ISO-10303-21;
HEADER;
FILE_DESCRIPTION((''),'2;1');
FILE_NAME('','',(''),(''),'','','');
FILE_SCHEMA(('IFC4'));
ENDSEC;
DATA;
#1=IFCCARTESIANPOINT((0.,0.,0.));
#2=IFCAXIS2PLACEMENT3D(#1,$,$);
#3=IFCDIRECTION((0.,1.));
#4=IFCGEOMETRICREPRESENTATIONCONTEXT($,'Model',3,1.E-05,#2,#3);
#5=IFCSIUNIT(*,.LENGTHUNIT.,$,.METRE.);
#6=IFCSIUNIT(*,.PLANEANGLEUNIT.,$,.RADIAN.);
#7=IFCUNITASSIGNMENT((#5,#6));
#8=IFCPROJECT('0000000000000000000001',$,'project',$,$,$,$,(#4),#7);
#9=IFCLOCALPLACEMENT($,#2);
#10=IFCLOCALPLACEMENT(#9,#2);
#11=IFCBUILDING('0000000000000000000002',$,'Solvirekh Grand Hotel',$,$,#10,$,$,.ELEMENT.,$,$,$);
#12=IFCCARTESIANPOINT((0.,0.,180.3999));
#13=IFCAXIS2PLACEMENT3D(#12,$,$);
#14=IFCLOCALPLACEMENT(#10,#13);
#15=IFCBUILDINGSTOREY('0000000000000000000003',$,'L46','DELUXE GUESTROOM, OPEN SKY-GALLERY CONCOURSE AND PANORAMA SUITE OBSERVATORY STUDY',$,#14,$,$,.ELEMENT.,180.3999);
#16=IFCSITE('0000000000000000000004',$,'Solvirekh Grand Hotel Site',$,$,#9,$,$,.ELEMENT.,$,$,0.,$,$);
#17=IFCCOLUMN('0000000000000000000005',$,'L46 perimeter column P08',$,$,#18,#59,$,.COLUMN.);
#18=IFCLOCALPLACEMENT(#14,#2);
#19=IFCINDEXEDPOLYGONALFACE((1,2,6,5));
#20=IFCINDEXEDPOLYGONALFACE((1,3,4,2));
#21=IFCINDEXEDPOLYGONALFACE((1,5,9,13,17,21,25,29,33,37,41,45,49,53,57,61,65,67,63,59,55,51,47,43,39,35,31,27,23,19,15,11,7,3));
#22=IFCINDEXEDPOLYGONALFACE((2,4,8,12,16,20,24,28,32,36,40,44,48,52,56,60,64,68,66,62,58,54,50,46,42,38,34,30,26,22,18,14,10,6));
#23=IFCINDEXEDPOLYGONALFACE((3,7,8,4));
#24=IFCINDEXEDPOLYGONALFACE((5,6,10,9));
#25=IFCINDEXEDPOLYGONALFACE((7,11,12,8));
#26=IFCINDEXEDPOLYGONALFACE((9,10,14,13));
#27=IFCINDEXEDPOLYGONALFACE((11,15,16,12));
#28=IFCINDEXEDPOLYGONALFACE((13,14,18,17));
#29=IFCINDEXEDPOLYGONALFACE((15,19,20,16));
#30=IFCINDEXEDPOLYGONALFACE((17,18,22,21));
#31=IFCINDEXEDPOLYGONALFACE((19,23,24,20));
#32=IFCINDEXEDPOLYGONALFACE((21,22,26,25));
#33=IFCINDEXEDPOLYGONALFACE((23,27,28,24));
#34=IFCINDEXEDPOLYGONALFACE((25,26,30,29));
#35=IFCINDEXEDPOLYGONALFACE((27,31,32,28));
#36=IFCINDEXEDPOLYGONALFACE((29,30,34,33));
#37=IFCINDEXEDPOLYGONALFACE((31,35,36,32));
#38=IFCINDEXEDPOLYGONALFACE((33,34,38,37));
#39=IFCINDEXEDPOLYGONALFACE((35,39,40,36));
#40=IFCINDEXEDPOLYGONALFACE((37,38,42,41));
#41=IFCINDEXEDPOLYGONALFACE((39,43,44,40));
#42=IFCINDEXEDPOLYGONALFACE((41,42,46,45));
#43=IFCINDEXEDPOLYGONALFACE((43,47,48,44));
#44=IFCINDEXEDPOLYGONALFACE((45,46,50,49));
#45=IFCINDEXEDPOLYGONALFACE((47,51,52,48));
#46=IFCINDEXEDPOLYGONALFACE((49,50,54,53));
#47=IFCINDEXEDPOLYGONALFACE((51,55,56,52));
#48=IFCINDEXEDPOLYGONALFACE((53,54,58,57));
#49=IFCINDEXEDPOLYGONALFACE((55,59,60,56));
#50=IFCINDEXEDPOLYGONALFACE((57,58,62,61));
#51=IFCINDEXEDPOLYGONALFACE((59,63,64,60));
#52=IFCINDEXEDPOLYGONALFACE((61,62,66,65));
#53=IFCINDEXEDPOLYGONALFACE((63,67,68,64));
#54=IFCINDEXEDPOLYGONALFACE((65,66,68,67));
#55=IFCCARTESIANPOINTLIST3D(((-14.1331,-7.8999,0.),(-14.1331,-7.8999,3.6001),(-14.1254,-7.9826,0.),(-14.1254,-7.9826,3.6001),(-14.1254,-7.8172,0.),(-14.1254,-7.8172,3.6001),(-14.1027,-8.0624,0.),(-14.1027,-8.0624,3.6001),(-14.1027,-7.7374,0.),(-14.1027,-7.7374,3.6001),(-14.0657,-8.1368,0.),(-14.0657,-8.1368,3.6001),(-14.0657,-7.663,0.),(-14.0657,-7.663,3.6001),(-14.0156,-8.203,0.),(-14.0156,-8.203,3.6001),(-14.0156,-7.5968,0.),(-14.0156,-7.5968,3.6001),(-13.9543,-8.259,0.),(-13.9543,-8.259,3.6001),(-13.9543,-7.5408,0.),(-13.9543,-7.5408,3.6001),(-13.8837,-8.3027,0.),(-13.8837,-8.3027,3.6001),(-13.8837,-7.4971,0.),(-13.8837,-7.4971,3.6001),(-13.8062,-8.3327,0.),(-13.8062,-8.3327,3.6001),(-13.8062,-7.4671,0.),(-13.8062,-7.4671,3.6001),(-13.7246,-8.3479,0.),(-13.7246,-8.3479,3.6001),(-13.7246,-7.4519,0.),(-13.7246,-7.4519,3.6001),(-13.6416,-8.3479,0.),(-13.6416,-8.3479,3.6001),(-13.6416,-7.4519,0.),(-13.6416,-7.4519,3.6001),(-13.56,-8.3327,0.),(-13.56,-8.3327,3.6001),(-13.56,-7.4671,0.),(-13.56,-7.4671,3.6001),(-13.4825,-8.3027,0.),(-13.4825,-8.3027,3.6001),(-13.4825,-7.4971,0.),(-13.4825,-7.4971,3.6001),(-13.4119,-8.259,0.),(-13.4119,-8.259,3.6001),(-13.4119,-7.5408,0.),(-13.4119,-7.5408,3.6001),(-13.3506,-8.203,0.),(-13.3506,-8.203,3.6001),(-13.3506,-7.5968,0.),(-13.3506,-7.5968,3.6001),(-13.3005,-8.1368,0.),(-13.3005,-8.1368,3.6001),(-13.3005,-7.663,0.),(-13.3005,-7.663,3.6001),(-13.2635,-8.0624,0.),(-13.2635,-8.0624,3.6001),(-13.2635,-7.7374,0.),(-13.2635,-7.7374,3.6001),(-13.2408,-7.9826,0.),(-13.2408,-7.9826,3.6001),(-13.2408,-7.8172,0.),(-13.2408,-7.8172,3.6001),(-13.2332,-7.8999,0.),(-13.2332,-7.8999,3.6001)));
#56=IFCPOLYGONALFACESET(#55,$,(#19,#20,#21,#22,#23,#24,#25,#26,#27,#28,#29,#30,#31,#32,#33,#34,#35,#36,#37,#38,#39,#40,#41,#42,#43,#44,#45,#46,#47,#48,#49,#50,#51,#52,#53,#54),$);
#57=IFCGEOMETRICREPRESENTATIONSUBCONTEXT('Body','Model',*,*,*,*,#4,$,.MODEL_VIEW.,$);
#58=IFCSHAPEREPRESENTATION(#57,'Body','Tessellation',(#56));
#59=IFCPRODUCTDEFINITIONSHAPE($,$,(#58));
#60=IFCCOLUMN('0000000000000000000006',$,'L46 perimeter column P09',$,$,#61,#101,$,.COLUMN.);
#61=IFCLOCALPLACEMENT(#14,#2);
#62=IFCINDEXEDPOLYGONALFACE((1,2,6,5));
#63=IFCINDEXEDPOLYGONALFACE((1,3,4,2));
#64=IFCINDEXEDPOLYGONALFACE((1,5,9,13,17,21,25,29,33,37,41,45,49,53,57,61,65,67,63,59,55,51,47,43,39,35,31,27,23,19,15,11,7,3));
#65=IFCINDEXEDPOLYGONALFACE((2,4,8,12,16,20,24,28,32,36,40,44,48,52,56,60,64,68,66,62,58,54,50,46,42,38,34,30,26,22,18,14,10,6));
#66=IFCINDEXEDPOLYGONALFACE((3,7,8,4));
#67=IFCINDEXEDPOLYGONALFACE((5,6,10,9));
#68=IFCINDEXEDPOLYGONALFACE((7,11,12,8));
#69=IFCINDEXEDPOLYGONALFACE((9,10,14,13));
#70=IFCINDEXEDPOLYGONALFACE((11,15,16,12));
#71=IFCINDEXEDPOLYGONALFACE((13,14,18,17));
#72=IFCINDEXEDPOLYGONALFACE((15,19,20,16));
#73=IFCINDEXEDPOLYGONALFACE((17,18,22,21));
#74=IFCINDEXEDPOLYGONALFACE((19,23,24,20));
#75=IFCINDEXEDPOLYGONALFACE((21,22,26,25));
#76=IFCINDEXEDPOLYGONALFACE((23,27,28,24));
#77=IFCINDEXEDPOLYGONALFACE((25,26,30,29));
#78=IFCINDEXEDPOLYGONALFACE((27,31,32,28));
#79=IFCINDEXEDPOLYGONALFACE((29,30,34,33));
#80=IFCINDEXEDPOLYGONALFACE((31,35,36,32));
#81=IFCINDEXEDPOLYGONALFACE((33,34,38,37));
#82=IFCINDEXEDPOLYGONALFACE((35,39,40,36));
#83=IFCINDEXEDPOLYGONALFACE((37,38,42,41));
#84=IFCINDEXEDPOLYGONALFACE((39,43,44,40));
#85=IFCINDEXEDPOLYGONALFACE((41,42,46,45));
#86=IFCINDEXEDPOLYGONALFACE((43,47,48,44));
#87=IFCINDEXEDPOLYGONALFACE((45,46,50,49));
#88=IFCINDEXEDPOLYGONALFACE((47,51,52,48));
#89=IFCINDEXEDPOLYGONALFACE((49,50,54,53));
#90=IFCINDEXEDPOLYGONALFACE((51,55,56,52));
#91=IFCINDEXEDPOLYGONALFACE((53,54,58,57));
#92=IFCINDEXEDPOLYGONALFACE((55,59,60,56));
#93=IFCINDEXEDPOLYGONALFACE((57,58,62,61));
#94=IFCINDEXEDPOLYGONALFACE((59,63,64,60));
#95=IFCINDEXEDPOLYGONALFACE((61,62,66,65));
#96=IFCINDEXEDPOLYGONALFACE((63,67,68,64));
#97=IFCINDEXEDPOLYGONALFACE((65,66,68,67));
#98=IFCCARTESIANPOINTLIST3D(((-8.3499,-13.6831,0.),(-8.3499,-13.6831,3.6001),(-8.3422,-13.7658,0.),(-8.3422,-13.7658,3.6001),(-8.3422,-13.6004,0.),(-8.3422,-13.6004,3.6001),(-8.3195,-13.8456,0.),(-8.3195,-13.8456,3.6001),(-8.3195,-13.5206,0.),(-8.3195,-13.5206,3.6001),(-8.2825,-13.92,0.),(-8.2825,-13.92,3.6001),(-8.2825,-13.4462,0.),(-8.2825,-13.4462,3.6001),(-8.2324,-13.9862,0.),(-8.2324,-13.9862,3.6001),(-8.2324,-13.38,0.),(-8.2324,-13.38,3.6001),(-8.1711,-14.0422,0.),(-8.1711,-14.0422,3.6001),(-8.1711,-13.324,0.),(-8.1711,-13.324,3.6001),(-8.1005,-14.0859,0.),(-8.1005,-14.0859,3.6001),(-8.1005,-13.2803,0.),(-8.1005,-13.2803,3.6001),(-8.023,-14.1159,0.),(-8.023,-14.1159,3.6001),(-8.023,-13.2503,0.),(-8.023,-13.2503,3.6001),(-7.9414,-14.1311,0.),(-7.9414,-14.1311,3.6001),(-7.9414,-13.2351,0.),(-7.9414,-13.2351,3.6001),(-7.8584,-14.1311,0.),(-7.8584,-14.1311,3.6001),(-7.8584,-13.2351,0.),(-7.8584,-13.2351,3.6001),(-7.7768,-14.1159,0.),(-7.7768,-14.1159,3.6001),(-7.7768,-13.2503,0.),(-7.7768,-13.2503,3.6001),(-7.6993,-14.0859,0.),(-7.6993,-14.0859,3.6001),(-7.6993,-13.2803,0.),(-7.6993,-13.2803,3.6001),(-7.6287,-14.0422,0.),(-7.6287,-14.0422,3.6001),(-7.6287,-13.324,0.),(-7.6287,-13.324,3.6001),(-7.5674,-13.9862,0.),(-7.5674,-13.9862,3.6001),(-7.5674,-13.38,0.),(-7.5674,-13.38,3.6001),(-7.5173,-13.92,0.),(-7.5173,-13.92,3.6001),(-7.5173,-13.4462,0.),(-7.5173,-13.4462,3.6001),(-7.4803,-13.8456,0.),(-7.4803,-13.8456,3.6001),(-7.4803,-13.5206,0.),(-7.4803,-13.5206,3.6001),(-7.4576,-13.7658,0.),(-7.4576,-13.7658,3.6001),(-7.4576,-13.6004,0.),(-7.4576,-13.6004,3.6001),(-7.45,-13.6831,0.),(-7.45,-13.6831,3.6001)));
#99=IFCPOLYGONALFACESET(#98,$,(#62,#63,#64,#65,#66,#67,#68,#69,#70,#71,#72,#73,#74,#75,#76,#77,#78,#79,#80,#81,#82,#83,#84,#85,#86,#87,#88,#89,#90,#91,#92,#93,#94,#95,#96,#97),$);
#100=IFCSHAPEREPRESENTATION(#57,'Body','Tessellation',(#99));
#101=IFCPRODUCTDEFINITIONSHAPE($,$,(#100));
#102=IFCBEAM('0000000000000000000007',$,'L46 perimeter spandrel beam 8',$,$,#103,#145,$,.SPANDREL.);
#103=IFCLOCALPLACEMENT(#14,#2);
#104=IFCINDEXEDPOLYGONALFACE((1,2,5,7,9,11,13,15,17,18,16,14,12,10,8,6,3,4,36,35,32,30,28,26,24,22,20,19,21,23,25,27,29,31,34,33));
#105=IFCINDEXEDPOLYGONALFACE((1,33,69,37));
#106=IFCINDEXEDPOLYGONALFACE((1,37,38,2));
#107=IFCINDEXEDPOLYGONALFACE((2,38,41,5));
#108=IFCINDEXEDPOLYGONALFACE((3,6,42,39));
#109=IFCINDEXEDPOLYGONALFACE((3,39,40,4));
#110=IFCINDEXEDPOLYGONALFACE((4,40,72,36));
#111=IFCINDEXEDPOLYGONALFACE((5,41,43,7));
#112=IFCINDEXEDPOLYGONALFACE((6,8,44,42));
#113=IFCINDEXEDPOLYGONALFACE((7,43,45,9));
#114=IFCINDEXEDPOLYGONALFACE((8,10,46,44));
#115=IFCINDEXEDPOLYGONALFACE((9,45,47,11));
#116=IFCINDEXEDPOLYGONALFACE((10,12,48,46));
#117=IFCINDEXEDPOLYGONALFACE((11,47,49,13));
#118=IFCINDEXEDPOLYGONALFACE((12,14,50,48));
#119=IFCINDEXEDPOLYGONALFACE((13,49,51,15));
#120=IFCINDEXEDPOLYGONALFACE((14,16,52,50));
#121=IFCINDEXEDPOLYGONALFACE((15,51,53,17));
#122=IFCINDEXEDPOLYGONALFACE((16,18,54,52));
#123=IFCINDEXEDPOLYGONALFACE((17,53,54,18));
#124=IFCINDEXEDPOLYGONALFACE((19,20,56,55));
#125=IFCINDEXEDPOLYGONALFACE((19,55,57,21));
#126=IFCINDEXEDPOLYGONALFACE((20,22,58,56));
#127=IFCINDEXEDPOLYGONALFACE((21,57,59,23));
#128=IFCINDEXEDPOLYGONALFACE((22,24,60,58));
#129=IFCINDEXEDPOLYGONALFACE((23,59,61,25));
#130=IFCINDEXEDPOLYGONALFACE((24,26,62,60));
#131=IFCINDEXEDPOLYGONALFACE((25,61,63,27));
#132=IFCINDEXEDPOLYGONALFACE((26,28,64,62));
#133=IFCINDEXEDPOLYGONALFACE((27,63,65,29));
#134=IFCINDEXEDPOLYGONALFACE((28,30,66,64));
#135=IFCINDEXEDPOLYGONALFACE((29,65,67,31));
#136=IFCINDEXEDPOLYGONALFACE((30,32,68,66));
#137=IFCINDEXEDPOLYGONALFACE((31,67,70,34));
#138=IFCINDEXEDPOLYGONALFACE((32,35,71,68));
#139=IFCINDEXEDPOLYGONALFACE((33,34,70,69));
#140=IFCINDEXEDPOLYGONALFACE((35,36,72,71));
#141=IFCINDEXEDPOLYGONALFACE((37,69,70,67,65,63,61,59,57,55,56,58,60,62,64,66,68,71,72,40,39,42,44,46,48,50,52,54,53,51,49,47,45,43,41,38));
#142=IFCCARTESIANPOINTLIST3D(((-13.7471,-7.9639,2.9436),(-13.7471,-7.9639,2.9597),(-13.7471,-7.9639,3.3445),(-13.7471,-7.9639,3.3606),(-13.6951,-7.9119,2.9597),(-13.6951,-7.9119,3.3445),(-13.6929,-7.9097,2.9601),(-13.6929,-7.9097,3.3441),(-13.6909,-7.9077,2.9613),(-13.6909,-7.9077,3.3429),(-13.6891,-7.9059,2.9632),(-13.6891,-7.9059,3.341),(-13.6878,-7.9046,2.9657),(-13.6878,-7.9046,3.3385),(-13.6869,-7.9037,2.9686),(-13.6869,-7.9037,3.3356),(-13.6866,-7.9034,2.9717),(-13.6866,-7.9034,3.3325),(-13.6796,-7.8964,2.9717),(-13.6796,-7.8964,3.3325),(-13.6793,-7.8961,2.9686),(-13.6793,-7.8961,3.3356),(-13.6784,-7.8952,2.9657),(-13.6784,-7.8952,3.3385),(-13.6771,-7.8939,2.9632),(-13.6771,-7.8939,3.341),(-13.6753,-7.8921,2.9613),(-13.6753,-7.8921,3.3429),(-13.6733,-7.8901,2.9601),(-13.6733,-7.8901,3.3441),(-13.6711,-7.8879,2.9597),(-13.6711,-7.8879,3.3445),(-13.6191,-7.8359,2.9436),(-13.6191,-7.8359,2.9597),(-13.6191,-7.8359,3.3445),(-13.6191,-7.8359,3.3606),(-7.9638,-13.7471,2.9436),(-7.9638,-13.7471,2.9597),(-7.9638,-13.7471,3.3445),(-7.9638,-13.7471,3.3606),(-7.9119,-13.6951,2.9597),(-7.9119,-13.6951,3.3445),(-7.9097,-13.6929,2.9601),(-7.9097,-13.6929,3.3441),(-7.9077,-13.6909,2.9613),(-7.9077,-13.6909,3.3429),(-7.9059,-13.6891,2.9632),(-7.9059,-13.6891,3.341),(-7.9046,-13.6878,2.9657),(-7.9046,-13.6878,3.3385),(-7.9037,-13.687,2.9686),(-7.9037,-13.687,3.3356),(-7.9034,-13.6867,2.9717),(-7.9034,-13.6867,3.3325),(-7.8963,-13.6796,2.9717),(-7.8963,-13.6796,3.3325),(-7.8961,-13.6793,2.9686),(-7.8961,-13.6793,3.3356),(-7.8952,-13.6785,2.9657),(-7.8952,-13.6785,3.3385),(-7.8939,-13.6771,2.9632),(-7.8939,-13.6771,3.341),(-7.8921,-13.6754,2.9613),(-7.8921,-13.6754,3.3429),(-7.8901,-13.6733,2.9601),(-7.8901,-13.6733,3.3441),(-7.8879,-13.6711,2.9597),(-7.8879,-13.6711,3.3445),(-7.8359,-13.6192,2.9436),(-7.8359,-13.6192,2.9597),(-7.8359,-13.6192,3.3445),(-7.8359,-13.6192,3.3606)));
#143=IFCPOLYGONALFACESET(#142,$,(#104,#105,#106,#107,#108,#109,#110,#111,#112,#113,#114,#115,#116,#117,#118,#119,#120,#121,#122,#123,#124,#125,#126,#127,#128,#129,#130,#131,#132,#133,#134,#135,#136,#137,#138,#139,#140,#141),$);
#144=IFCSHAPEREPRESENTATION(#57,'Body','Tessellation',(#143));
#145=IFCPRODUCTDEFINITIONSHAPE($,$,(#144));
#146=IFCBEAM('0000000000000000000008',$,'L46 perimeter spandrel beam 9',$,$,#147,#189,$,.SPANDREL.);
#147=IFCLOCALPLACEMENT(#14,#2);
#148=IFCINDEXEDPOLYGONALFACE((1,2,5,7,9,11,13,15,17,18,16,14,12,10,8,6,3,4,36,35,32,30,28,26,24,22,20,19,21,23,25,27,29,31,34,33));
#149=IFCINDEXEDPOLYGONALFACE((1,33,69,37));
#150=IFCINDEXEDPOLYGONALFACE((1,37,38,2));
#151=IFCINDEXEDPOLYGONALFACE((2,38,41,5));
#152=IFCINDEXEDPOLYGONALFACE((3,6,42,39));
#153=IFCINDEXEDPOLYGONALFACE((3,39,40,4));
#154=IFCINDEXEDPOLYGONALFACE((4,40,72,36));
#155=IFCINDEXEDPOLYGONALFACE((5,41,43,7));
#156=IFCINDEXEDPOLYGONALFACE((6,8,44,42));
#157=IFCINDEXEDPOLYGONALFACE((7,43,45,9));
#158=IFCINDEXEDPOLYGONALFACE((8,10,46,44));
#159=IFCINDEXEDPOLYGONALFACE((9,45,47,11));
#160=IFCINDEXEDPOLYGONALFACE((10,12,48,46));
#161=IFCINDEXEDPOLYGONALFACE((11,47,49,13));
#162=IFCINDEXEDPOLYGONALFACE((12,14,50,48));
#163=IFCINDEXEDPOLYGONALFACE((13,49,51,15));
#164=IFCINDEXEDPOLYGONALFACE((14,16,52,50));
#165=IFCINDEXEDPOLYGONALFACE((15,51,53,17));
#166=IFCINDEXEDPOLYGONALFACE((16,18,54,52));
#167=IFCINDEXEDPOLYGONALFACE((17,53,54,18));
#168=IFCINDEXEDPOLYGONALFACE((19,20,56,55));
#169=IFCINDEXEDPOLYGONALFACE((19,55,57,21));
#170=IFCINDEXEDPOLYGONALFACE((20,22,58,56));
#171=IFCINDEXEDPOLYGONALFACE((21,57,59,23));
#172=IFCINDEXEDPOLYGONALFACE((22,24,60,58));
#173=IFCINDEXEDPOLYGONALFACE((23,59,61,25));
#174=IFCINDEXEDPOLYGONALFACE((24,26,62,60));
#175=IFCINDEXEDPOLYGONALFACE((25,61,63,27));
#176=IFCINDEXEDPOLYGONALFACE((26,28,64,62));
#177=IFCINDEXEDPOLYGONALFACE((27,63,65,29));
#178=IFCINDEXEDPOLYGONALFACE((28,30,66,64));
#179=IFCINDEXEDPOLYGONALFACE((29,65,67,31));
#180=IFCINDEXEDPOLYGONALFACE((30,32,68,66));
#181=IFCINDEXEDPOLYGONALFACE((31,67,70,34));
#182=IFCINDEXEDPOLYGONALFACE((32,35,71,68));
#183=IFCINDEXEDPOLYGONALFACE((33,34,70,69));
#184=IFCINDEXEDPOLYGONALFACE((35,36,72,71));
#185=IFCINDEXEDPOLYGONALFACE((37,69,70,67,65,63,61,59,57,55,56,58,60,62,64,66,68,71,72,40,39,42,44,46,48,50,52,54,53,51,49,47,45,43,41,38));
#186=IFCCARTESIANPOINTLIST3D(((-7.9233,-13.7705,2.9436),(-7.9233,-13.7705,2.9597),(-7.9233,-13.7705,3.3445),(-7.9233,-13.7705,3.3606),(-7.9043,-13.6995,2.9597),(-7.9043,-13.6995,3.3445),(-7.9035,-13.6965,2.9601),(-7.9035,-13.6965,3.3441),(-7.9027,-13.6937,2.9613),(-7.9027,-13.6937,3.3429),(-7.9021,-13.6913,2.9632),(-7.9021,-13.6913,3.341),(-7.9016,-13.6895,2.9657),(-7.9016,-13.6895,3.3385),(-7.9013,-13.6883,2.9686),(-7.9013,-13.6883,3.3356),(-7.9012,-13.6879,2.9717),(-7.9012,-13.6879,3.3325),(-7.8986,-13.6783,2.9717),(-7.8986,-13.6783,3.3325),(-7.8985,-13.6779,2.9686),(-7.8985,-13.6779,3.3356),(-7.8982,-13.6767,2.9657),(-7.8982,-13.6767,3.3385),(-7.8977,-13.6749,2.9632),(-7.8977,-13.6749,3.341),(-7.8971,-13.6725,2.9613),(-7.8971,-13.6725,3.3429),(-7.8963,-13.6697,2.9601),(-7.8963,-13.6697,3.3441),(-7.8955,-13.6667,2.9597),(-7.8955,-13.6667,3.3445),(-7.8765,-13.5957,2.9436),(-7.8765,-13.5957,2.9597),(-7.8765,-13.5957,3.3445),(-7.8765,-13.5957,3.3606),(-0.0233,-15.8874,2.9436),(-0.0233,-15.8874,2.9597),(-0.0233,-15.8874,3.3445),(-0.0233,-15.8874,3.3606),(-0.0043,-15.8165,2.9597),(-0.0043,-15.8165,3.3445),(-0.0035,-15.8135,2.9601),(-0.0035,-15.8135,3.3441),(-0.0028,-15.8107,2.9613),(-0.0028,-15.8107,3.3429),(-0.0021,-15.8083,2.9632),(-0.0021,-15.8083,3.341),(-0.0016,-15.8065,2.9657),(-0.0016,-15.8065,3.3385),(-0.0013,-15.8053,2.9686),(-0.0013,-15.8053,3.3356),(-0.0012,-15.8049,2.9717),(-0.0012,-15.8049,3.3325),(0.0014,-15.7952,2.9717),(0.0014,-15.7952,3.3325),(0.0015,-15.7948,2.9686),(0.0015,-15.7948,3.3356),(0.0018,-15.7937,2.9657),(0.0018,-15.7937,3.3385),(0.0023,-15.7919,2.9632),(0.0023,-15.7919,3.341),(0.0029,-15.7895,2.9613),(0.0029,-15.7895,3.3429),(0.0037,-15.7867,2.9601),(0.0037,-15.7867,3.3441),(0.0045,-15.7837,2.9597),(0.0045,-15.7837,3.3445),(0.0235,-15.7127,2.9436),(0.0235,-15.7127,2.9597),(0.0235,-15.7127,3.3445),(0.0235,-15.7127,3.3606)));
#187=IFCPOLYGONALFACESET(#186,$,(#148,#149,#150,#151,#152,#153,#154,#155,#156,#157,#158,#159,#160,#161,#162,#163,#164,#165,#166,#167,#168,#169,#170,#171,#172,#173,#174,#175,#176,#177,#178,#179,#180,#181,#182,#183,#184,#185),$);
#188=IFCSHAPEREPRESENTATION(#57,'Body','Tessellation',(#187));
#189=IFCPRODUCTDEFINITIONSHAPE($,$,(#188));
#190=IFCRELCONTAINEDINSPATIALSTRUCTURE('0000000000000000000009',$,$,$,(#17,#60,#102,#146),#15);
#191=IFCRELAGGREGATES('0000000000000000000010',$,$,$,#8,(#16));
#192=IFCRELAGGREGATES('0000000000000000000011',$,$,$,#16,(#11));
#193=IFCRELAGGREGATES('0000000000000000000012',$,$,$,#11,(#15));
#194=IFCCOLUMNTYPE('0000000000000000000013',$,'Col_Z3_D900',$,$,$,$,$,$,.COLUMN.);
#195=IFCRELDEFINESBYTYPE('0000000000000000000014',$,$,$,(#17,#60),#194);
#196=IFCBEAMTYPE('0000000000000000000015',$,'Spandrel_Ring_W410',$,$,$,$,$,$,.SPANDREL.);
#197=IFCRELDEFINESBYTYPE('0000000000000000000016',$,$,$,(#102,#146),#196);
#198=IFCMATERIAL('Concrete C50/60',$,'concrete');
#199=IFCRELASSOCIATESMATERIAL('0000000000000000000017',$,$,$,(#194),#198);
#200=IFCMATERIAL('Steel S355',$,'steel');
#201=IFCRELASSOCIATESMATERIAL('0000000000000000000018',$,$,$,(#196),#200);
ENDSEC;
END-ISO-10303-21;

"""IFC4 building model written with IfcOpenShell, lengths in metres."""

from ifc_helpers import new_model, si_unit, direction, frame, origin, origin_2d, place, context, subcontext, project, spatial, circle, i_section, extrude, material, material_profile, profile_set, type_object, element, save


model = new_model("IFC4")

# Units and contexts
model_context = context("Model", 3, precision=1e-05, world=origin(), true_north=direction((0.0, 1.0)))
body_context = subcontext(model_context, "Body", "Model", "MODEL_VIEW")
ifc_project = project(units=[si_unit("LENGTHUNIT", "METRE"), si_unit("PLANEANGLEUNIT", "RADIAN")], contexts=[model_context])

# Site, building, storey
site_placement = place(None, origin())
site = spatial("IfcSite", under=ifc_project, at=site_placement, Name="Solvirekh Grand Hotel Site", CompositionType="ELEMENT", RefElevation=0.0)
building_placement = place(site_placement, origin())
building = spatial("IfcBuilding", under=site, at=building_placement, Name="Solvirekh Grand Hotel", CompositionType="ELEMENT")
storey_placement = place(building_placement, frame((0.0, 0.0, 180.3999)))
storey = spatial("IfcBuildingStorey", under=building, at=storey_placement, Name="L46", Description="DELUXE GUESTROOM, OPEN SKY-GALLERY CONCOURSE AND PANORAMA SUITE OBSERVATORY STUDY", CompositionType="ELEMENT", Elevation=180.3999)

# Columns
ifc_material_1 = material(Name="Concrete C50/60", Category="concrete")
ifc_material_profile_1 = material_profile(ifc_material_1, circle(Radius=0.45, at=origin_2d()), Name="RC CIRC D900")
ifc_profile_set_1 = profile_set([ifc_material_profile_1], Name="Concrete C50/60")
column_type = type_object("IfcColumnType", Name="Col_Z3_D900", PredefinedType="COLUMN", material=ifc_profile_set_1)
for number, where, z_axis, x_axis, name in (
    (1, (-13.6831, -7.8999, 0.0), (0.0, 0.0, 1.0), (1.0, 0.0, 0.0), "L46 perimeter column P08"),
    (2, (-7.8999, -13.6831, 0.0), (0.0, 0.0, 1.0), (1.0, 0.0, 0.0), "L46 perimeter column P09"),
):
    element("IfcColumn", number, at=place(storey_placement, frame(where, z_axis=z_axis, x_axis=x_axis)), inside=storey, type_object=column_type, Name=name, PredefinedType="COLUMN", context=body_context, shape_type="SweptSolid", body=[
        extrude(circle(Radius=0.45, at=origin_2d()), origin(), (0.0, 0.0, 1.0), 3.6001),
    ])

# Beams
ifc_material_2 = material(Name="Steel S355", Category="steel")
ifc_material_profile_2 = material_profile(ifc_material_2, i_section(OverallWidth=0.1809, OverallDepth=0.417, WebThickness=0.01, FlangeThickness=0.0161, FilletRadius=0.012, at=origin_2d()), Name="W410X85")
ifc_profile_set_2 = profile_set([ifc_material_profile_2], Name="Steel S355")
beam_type = type_object("IfcBeamType", Name="Spandrel_Ring_W410", PredefinedType="SPANDREL", material=ifc_profile_set_2)
for number, where, z_axis, x_axis, name in (
    (3, (-13.6831, -7.8999, 3.1521), (0.707107, -0.707107, 0.0), (0.707107, 0.707107, 0.0), "L46 perimeter spandrel beam 8"),
    (4, (-7.8999, -13.6831, 3.1521), (0.965921, -0.258839, 0.0), (0.258839, 0.965921, 0.0), "L46 perimeter spandrel beam 9"),
):
    element("IfcBeam", number, at=place(storey_placement, frame(where, z_axis=z_axis, x_axis=x_axis)), inside=storey, type_object=beam_type, Name=name, PredefinedType="SPANDREL", context=body_context, shape_type="SweptSolid", body=[
        extrude(i_section(OverallWidth=0.1809, OverallDepth=0.417, WebThickness=0.01, FlangeThickness=0.0161, FilletRadius=0.012, at=origin_2d()), origin(), (0.0, 0.0, 1.0), 8.1787),
    ])

save(model, "model.ifc")
